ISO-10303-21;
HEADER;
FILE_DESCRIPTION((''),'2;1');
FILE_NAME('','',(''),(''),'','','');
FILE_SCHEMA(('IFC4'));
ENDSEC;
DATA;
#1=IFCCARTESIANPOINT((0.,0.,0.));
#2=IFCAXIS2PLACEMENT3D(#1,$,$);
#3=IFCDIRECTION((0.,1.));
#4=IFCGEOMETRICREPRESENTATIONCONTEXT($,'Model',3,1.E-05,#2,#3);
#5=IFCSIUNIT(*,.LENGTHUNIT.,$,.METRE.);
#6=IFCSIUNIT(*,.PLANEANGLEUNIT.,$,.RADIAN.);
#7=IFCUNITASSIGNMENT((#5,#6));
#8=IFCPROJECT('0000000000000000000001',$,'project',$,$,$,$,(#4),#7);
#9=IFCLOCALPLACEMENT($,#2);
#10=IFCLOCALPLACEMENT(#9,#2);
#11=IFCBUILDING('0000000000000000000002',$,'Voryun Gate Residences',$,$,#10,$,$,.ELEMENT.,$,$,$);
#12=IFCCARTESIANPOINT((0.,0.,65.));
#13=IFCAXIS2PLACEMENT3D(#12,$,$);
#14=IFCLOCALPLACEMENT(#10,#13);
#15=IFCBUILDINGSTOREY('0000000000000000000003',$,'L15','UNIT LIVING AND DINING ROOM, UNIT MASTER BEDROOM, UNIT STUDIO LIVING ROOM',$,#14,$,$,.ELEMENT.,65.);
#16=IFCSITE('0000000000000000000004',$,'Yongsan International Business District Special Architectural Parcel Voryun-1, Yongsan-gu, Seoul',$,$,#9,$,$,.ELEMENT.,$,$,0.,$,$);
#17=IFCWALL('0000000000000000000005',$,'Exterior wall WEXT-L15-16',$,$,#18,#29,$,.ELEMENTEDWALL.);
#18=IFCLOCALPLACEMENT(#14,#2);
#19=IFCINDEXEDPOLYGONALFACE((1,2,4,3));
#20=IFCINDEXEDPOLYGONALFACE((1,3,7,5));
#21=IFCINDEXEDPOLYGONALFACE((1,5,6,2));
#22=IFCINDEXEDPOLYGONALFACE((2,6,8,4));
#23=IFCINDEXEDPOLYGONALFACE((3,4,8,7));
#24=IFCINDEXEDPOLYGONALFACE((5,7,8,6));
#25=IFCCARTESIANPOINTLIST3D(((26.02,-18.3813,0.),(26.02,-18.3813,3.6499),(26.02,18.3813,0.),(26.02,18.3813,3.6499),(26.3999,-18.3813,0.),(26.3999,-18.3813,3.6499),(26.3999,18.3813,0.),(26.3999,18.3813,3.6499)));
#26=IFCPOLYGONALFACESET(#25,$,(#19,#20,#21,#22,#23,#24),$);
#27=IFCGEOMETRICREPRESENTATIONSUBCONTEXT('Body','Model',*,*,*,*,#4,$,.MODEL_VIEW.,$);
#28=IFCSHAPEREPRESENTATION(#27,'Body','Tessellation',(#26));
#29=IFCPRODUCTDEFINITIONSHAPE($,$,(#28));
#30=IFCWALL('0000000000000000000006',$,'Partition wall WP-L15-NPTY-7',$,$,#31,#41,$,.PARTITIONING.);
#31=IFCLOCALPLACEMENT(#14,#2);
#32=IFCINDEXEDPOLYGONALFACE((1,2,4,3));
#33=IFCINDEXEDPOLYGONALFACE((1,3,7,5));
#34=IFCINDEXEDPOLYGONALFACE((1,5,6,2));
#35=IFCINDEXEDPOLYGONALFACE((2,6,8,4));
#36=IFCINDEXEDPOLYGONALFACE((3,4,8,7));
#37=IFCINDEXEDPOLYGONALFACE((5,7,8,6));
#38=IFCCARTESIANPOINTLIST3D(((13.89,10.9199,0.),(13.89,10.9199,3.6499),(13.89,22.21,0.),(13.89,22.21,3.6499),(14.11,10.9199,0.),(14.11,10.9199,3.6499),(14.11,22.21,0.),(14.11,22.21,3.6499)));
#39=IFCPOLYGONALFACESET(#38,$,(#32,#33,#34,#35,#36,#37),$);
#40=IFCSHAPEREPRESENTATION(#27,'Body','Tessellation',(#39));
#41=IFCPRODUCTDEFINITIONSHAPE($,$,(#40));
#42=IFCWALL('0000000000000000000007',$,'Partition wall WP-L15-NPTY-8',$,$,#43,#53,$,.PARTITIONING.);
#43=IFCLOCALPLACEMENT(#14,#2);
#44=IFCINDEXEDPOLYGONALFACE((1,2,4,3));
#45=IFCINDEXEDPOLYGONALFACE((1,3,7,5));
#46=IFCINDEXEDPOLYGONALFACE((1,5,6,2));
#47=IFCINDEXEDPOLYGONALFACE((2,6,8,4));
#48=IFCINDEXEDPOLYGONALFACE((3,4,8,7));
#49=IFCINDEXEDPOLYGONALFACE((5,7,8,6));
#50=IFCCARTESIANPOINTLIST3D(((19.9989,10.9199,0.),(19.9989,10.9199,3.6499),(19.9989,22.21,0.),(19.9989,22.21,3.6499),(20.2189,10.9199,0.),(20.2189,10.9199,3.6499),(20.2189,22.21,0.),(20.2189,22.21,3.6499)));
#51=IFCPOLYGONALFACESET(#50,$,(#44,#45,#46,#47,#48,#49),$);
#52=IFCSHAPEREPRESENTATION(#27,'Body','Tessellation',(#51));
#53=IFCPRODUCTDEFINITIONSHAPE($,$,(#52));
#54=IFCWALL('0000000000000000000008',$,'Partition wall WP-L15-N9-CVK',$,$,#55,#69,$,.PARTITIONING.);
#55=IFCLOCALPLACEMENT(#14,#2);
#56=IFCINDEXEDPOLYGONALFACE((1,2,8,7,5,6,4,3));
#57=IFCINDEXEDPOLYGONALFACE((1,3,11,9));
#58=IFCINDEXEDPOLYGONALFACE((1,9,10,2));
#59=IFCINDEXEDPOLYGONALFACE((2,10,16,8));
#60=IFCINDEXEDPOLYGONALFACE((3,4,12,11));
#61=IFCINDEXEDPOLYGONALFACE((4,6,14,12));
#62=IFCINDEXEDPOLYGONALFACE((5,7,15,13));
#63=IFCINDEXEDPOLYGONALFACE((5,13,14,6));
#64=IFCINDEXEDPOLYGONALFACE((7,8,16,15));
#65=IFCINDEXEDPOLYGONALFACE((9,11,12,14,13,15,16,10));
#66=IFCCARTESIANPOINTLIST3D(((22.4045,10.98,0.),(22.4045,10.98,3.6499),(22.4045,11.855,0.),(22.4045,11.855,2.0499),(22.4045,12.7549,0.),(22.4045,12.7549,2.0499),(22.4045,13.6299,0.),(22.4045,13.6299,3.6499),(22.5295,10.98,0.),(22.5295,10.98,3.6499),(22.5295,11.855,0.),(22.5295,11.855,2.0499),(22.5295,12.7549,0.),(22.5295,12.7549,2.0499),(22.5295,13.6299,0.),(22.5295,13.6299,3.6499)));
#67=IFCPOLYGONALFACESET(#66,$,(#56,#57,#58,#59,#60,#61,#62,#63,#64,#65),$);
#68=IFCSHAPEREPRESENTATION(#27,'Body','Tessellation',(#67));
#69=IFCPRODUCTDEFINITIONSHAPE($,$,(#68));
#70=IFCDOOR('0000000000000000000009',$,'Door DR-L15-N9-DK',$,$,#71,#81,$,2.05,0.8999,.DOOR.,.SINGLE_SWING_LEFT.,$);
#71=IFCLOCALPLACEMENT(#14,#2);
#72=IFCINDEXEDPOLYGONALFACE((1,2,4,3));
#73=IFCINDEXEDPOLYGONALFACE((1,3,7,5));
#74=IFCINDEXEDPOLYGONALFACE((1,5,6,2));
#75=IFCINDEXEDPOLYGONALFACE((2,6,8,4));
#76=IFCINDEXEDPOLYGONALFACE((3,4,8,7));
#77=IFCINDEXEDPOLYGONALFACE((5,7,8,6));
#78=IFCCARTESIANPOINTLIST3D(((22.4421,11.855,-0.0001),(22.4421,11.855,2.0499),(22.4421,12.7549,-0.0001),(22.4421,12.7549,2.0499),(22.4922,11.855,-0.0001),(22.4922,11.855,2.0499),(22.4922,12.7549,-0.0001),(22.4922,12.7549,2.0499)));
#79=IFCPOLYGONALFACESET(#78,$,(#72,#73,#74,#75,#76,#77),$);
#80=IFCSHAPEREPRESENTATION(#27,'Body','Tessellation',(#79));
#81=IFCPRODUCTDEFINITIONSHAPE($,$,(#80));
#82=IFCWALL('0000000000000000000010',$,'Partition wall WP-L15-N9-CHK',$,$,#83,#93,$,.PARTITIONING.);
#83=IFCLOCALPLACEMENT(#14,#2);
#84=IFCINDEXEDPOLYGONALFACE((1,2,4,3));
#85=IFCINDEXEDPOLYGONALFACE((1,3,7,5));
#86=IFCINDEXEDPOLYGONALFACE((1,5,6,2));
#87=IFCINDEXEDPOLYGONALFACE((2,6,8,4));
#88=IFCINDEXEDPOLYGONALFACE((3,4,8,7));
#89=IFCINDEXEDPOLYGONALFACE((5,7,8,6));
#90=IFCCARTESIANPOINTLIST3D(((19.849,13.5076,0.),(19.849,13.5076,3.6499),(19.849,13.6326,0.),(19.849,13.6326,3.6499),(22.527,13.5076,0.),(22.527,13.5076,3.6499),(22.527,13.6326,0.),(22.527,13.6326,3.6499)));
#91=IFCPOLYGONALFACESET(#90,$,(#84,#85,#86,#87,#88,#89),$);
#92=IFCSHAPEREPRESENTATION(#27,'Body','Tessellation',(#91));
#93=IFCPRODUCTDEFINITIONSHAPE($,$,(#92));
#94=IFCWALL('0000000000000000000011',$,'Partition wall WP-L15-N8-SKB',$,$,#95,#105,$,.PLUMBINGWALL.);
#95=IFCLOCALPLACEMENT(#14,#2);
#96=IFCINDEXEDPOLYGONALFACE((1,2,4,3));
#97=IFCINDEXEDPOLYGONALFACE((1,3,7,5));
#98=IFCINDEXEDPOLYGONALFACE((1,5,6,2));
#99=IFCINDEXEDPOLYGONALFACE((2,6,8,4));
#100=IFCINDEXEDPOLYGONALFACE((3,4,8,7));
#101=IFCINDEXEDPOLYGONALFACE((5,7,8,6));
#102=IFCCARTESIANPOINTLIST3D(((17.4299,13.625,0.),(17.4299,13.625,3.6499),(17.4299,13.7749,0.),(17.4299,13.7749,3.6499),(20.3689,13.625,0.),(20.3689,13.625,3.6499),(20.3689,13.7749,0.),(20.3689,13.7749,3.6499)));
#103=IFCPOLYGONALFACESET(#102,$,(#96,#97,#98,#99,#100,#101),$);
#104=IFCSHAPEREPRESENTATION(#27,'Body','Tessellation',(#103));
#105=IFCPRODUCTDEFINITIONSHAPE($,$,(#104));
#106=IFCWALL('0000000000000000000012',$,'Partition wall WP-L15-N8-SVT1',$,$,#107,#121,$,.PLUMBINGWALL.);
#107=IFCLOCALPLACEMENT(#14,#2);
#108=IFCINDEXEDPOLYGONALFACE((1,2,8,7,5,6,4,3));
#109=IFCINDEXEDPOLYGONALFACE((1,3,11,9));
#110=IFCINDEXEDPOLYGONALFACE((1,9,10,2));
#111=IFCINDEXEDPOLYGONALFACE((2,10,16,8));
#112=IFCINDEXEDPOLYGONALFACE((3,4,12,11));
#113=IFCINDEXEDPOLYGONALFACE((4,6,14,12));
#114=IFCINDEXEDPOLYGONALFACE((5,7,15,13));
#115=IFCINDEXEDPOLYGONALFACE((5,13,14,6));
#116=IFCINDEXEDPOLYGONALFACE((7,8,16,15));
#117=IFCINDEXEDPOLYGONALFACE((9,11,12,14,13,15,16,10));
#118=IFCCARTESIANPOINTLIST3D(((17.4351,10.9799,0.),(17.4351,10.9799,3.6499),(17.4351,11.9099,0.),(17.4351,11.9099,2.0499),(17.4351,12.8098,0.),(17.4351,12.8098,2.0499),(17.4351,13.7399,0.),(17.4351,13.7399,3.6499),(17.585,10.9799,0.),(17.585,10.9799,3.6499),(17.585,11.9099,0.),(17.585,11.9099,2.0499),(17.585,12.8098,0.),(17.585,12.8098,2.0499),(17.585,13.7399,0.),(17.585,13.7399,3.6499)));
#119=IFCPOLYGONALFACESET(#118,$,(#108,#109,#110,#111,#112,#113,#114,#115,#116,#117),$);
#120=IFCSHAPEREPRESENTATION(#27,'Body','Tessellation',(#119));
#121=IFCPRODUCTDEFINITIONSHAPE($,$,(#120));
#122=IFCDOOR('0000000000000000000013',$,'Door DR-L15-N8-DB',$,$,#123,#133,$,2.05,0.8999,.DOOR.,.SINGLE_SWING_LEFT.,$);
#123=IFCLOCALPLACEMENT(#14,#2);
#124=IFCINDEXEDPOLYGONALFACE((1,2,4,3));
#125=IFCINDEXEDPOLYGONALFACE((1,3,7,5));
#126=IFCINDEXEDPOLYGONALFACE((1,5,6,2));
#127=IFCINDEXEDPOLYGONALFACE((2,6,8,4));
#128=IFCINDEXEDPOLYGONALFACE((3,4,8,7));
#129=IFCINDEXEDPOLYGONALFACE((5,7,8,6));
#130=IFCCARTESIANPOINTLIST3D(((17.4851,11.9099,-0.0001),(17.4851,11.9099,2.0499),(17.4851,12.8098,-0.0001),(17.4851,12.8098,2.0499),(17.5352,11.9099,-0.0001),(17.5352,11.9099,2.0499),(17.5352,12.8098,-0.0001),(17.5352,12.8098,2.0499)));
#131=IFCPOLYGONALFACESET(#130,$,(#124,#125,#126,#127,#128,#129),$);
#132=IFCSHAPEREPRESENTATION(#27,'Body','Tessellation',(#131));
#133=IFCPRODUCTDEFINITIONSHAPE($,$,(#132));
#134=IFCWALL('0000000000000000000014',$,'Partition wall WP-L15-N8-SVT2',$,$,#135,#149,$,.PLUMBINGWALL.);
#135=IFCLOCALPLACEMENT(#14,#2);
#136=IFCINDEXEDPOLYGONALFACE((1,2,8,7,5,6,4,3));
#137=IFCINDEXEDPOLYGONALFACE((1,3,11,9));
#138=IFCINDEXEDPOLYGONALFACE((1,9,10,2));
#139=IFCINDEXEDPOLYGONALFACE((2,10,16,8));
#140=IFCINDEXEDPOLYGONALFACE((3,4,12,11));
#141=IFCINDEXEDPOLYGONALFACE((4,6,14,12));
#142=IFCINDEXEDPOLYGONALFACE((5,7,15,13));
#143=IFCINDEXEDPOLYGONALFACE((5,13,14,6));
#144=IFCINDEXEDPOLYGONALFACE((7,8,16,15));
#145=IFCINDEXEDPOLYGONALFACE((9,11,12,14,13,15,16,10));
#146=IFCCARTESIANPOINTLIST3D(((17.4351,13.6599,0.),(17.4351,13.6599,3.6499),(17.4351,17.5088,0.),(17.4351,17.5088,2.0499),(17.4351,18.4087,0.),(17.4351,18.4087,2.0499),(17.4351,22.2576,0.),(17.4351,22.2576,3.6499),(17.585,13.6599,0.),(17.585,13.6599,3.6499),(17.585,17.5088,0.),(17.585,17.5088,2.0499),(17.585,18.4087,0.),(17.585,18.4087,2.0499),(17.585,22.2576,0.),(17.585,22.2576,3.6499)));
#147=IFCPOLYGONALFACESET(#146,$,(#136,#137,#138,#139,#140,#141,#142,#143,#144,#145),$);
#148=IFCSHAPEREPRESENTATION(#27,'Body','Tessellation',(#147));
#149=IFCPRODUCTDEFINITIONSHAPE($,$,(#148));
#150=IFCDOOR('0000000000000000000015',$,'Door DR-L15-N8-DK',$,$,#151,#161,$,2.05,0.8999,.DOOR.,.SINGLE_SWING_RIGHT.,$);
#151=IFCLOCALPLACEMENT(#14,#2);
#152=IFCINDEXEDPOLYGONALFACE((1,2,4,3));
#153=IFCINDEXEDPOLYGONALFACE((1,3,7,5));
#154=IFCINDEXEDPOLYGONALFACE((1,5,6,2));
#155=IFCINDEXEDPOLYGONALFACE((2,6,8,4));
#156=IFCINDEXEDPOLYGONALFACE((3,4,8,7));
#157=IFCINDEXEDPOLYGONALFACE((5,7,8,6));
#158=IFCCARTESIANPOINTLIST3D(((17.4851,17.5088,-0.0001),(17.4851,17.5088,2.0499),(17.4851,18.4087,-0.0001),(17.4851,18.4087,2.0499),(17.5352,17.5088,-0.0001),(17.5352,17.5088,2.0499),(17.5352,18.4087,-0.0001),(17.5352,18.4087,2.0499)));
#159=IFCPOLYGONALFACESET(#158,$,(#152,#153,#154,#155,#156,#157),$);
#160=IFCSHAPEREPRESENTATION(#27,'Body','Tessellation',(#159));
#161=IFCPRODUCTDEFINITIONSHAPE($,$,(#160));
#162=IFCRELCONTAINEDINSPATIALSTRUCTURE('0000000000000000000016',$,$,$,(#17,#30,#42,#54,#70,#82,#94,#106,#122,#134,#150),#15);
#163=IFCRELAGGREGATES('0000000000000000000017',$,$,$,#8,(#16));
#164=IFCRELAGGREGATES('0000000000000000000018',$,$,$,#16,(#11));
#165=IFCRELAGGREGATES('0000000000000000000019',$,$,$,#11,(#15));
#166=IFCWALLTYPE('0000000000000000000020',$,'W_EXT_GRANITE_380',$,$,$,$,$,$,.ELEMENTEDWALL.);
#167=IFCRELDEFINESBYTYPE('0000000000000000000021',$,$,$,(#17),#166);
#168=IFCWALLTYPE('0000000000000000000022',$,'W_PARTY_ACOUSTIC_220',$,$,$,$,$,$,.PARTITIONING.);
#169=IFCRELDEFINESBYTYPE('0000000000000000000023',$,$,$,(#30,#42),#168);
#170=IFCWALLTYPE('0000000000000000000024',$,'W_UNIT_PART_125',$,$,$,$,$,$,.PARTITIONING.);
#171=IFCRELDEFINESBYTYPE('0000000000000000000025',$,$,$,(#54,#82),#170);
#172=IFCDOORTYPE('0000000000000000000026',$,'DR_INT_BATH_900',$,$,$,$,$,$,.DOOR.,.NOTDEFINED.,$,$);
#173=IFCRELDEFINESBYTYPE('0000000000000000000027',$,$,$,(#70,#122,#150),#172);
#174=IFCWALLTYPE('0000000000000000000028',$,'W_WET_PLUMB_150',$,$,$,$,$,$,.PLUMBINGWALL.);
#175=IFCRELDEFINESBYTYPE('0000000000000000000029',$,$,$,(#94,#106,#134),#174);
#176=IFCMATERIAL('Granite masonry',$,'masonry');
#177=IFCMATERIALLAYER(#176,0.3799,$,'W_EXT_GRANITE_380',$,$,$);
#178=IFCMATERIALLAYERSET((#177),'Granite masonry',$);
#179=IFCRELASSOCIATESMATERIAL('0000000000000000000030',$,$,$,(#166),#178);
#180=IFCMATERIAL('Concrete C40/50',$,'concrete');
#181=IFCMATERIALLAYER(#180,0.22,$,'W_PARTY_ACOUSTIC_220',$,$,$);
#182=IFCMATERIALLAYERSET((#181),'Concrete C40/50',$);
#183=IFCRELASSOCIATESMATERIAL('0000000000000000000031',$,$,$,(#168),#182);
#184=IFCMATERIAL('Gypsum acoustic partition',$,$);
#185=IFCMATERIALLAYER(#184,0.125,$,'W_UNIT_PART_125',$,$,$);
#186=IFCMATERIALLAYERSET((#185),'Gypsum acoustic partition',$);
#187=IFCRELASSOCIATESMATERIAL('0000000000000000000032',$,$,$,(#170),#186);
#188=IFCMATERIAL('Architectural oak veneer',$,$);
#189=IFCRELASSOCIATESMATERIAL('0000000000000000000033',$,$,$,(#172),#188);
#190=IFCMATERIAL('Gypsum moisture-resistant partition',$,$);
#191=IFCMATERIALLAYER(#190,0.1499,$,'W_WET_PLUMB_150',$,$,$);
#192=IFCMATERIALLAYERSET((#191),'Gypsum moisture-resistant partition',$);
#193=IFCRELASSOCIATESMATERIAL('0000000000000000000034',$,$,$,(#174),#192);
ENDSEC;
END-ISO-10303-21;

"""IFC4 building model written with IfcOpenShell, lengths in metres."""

from ifc_helpers import new_model, si_unit, direction, frame, frame_2d, origin, place, context, subcontext, project, spatial, rectangle, extrude, material, layer, layer_set, type_object, element, fill, save


model = new_model("IFC4")

# Units and contexts
model_context = context("Model", 3, precision=1e-05, world=origin(), true_north=direction((0.0, 1.0)))
body_context = subcontext(model_context, "Body", "Model", "MODEL_VIEW")
ifc_project = project(units=[si_unit("LENGTHUNIT", "METRE"), si_unit("PLANEANGLEUNIT", "RADIAN")], contexts=[model_context])

# Site, building, storey
site_placement = place(None, origin())
site = spatial("IfcSite", under=ifc_project, at=site_placement, Name="Yongsan International Business District Special Architectural Parcel Voryun-1, Yongsan-gu, Seoul", CompositionType="ELEMENT", RefElevation=0.0)
building_placement = place(site_placement, origin())
building = spatial("IfcBuilding", under=site, at=building_placement, Name="Voryun Gate Residences", CompositionType="ELEMENT")
storey_placement = place(building_placement, frame((0.0, 0.0, 65.0)))
storey = spatial("IfcBuildingStorey", under=building, at=storey_placement, Name="L15", Description="UNIT LIVING AND DINING ROOM, UNIT MASTER BEDROOM, UNIT STUDIO LIVING ROOM", CompositionType="ELEMENT", Elevation=65.0)

# Walls
ifc_material_1 = material(Name="Granite masonry", Category="masonry")
ifc_layer_1 = layer(ifc_material_1, 0.3799, Name="W_EXT_GRANITE_380")
ifc_layer_set_1 = layer_set([ifc_layer_1], Name="Granite masonry")
wall_type_1 = type_object("IfcWallType", Name="W_EXT_GRANITE_380", PredefinedType="ELEMENTEDWALL", material=ifc_layer_set_1)
wall_1_placement = place(storey_placement, frame((26.21, 18.3813, 0.0), z_axis=(0.0, 0.0, 1.0), x_axis=(0.0, -1.0, 0.0)))
element("IfcWall", 1, at=wall_1_placement, inside=storey, type_object=wall_type_1, Name="Exterior wall WEXT-L15-16", PredefinedType="ELEMENTEDWALL", context=body_context, shape_type="SweptSolid", body=[
    extrude(rectangle(XDim=36.7627, YDim=0.3799, at=frame_2d((18.3813, 0.0))), origin(), (0.0, 0.0, 1.0), 3.6499),
])
ifc_material_2 = material(Name="Concrete C40/50", Category="concrete")
ifc_layer_2 = layer(ifc_material_2, 0.22, Name="W_PARTY_ACOUSTIC_220")
ifc_layer_set_2 = layer_set([ifc_layer_2], Name="Concrete C40/50")
wall_type_2 = type_object("IfcWallType", Name="W_PARTY_ACOUSTIC_220", PredefinedType="PARTITIONING", material=ifc_layer_set_2)
for number, where, z_axis, x_axis, name in (
    (2, (14.0, 10.9199, 0.0), (0.0, 0.0, 1.0), (0.0, 1.0, 0.0), "Partition wall WP-L15-NPTY-7"),
    (3, (20.1089, 10.9199, 0.0), (0.0, 0.0, 1.0), (0.0, 1.0, 0.0), "Partition wall WP-L15-NPTY-8"),
):
    element("IfcWall", number, at=place(storey_placement, frame(where, z_axis=z_axis, x_axis=x_axis)), inside=storey, type_object=wall_type_2, Name=name, PredefinedType="PARTITIONING", context=body_context, shape_type="SweptSolid", body=[
        extrude(rectangle(XDim=11.29, YDim=0.22, at=frame_2d((5.645, 0.0))), origin(), (0.0, 0.0, 1.0), 3.6499),
    ])

# Wall, opening, door
ifc_material_3 = material(Name="Gypsum acoustic partition")
ifc_layer_3 = layer(ifc_material_3, 0.125, Name="W_UNIT_PART_125")
ifc_layer_set_3 = layer_set([ifc_layer_3], Name="Gypsum acoustic partition")
wall_type_3 = type_object("IfcWallType", Name="W_UNIT_PART_125", PredefinedType="PARTITIONING", material=ifc_layer_set_3)
wall_2_placement = place(storey_placement, frame((22.467, 10.98, 0.0), z_axis=(0.0, 0.0, 1.0), x_axis=(0.0, 1.0, 0.0)))
wall_2 = element("IfcWall", 4, at=wall_2_placement, inside=storey, type_object=wall_type_3, Name="Partition wall WP-L15-N9-CVK", PredefinedType="PARTITIONING", context=body_context, shape_type="SweptSolid", body=[
    extrude(rectangle(XDim=2.6499, YDim=0.125, at=frame_2d((1.325, 0.0))), origin(), (0.0, 0.0, 1.0), 3.6499),
])
opening_1_placement = place(wall_2_placement, frame((0.875, 0.0, 0.0)))
opening_1 = element("IfcOpeningElement", 5, at=opening_1_placement, cuts=wall_2, PredefinedType="OPENING", context=body_context, shape_type="SweptSolid", body=[
    extrude(rectangle(XDim=0.8999, YDim=2.05, at=frame_2d((0.45, 1.0249))), frame((0.0, 0.0725, 0.0), z_axis=(0.0, -1.0, 0.0), x_axis=(1.0, 0.0, 0.0)), (0.0, 0.0, 1.0), 0.145),
])
ifc_material_4 = material(Name="Architectural oak veneer")
door_type = type_object("IfcDoorType", Name="DR_INT_BATH_900", OperationType="NOTDEFINED", PredefinedType="DOOR", material=ifc_material_4)
door_1_placement = place(opening_1_placement, origin())
door_1 = element("IfcDoor", 6, at=door_1_placement, inside=storey, type_object=door_type, Name="Door DR-L15-N9-DK", OperationType="SINGLE_SWING_LEFT", OverallHeight=2.05, OverallWidth=0.8999, PredefinedType="DOOR", context=body_context, shape_type="SweptSolid", body=[
    extrude(rectangle(XDim=0.8999, YDim=2.05, at=frame_2d((0.45, 1.0249))), frame((0.0, 0.0249, 0.0), z_axis=(0.0, -1.0, 0.0), x_axis=(1.0, 0.0, 0.0)), (0.0, 0.0, 1.0), 0.05),
])
fill(opening_1, door_1)

# Walls
wall_3_placement = place(storey_placement, frame((19.8491, 13.5701, 0.0), z_axis=(0.0, 0.0, 1.0), x_axis=(1.0, 0.0, 0.0)))
element("IfcWall", 7, at=wall_3_placement, inside=storey, type_object=wall_type_3, Name="Partition wall WP-L15-N9-CHK", PredefinedType="PARTITIONING", context=body_context, shape_type="SweptSolid", body=[
    extrude(rectangle(XDim=2.678, YDim=0.125, at=frame_2d((1.3389, 0.0))), origin(), (0.0, 0.0, 1.0), 3.6499),
])
ifc_material_5 = material(Name="Gypsum moisture-resistant partition")
ifc_layer_4 = layer(ifc_material_5, 0.1499, Name="W_WET_PLUMB_150")
ifc_layer_set_4 = layer_set([ifc_layer_4], Name="Gypsum moisture-resistant partition")
wall_type_4 = type_object("IfcWallType", Name="W_WET_PLUMB_150", PredefinedType="PLUMBINGWALL", material=ifc_layer_set_4)
wall_4_placement = place(storey_placement, frame((17.4299, 13.7, 0.0), z_axis=(0.0, 0.0, 1.0), x_axis=(1.0, 0.0, 0.0)))
element("IfcWall", 8, at=wall_4_placement, inside=storey, type_object=wall_type_4, Name="Partition wall WP-L15-N8-SKB", PredefinedType="PLUMBINGWALL", context=body_context, shape_type="SweptSolid", body=[
    extrude(rectangle(XDim=2.939, YDim=0.1499, at=frame_2d((1.4695, 0.0))), origin(), (0.0, 0.0, 1.0), 3.6499),
])

# Walls, openings, doors
wall_5_placement = place(storey_placement, frame((17.51, 10.98, 0.0), z_axis=(0.0, 0.0, 1.0), x_axis=(0.0, 1.0, 0.0)))
wall_5 = element("IfcWall", 9, at=wall_5_placement, inside=storey, type_object=wall_type_4, Name="Partition wall WP-L15-N8-SVT1", PredefinedType="PLUMBINGWALL", context=body_context, shape_type="SweptSolid", body=[
    extrude(rectangle(XDim=2.76, YDim=0.1499, at=frame_2d((1.3799, 0.0))), origin(), (0.0, 0.0, 1.0), 3.6499),
])
opening_2_placement = place(wall_5_placement, frame((0.9299, 0.0, 0.0)))
opening_2 = element("IfcOpeningElement", 10, at=opening_2_placement, cuts=wall_5, PredefinedType="OPENING", context=body_context, shape_type="SweptSolid", body=[
    extrude(rectangle(XDim=0.8999, YDim=2.05, at=frame_2d((0.45, 1.0249))), frame((0.0, 0.085, 0.0), z_axis=(0.0, -1.0, 0.0), x_axis=(1.0, 0.0, 0.0)), (0.0, 0.0, 1.0), 0.1699),
])
door_2_placement = place(opening_2_placement, origin())
door_2 = element("IfcDoor", 11, at=door_2_placement, inside=storey, type_object=door_type, Name="Door DR-L15-N8-DB", OperationType="SINGLE_SWING_LEFT", OverallHeight=2.05, OverallWidth=0.8999, PredefinedType="DOOR", context=body_context, shape_type="SweptSolid", body=[
    extrude(rectangle(XDim=0.8999, YDim=2.05, at=frame_2d((0.45, 1.0249))), frame((0.0, 0.0249, 0.0), z_axis=(0.0, -1.0, 0.0), x_axis=(1.0, 0.0, 0.0)), (0.0, 0.0, 1.0), 0.05),
])
fill(opening_2, door_2)
wall_6_placement = place(storey_placement, frame((17.51, 13.6599, 0.0), z_axis=(0.0, 0.0, 1.0), x_axis=(0.0, 1.0, 0.0)))
wall_6 = element("IfcWall", 12, at=wall_6_placement, inside=storey, type_object=wall_type_4, Name="Partition wall WP-L15-N8-SVT2", PredefinedType="PLUMBINGWALL", context=body_context, shape_type="SweptSolid", body=[
    extrude(rectangle(XDim=8.5977, YDim=0.1499, at=frame_2d((4.2988, 0.0))), origin(), (0.0, 0.0, 1.0), 3.6499),
])
opening_3_placement = place(wall_6_placement, frame((3.8489, 0.0, 0.0)))
opening_3 = element("IfcOpeningElement", 13, at=opening_3_placement, cuts=wall_6, PredefinedType="OPENING", context=body_context, shape_type="SweptSolid", body=[
    extrude(rectangle(XDim=0.8999, YDim=2.05, at=frame_2d((0.45, 1.0249))), frame((0.0, 0.085, 0.0), z_axis=(0.0, -1.0, 0.0), x_axis=(1.0, 0.0, 0.0)), (0.0, 0.0, 1.0), 0.1699),
])
door_3_placement = place(opening_3_placement, origin())
door_3 = element("IfcDoor", 14, at=door_3_placement, inside=storey, type_object=door_type, Name="Door DR-L15-N8-DK", OperationType="SINGLE_SWING_RIGHT", OverallHeight=2.05, OverallWidth=0.8999, PredefinedType="DOOR", context=body_context, shape_type="SweptSolid", body=[
    extrude(rectangle(XDim=0.8999, YDim=2.05, at=frame_2d((0.45, 1.0249))), frame((0.0, 0.0249, 0.0), z_axis=(0.0, -1.0, 0.0), x_axis=(1.0, 0.0, 0.0)), (0.0, 0.0, 1.0), 0.05),
])
fill(opening_3, door_3)

save(model, "model.ifc")
